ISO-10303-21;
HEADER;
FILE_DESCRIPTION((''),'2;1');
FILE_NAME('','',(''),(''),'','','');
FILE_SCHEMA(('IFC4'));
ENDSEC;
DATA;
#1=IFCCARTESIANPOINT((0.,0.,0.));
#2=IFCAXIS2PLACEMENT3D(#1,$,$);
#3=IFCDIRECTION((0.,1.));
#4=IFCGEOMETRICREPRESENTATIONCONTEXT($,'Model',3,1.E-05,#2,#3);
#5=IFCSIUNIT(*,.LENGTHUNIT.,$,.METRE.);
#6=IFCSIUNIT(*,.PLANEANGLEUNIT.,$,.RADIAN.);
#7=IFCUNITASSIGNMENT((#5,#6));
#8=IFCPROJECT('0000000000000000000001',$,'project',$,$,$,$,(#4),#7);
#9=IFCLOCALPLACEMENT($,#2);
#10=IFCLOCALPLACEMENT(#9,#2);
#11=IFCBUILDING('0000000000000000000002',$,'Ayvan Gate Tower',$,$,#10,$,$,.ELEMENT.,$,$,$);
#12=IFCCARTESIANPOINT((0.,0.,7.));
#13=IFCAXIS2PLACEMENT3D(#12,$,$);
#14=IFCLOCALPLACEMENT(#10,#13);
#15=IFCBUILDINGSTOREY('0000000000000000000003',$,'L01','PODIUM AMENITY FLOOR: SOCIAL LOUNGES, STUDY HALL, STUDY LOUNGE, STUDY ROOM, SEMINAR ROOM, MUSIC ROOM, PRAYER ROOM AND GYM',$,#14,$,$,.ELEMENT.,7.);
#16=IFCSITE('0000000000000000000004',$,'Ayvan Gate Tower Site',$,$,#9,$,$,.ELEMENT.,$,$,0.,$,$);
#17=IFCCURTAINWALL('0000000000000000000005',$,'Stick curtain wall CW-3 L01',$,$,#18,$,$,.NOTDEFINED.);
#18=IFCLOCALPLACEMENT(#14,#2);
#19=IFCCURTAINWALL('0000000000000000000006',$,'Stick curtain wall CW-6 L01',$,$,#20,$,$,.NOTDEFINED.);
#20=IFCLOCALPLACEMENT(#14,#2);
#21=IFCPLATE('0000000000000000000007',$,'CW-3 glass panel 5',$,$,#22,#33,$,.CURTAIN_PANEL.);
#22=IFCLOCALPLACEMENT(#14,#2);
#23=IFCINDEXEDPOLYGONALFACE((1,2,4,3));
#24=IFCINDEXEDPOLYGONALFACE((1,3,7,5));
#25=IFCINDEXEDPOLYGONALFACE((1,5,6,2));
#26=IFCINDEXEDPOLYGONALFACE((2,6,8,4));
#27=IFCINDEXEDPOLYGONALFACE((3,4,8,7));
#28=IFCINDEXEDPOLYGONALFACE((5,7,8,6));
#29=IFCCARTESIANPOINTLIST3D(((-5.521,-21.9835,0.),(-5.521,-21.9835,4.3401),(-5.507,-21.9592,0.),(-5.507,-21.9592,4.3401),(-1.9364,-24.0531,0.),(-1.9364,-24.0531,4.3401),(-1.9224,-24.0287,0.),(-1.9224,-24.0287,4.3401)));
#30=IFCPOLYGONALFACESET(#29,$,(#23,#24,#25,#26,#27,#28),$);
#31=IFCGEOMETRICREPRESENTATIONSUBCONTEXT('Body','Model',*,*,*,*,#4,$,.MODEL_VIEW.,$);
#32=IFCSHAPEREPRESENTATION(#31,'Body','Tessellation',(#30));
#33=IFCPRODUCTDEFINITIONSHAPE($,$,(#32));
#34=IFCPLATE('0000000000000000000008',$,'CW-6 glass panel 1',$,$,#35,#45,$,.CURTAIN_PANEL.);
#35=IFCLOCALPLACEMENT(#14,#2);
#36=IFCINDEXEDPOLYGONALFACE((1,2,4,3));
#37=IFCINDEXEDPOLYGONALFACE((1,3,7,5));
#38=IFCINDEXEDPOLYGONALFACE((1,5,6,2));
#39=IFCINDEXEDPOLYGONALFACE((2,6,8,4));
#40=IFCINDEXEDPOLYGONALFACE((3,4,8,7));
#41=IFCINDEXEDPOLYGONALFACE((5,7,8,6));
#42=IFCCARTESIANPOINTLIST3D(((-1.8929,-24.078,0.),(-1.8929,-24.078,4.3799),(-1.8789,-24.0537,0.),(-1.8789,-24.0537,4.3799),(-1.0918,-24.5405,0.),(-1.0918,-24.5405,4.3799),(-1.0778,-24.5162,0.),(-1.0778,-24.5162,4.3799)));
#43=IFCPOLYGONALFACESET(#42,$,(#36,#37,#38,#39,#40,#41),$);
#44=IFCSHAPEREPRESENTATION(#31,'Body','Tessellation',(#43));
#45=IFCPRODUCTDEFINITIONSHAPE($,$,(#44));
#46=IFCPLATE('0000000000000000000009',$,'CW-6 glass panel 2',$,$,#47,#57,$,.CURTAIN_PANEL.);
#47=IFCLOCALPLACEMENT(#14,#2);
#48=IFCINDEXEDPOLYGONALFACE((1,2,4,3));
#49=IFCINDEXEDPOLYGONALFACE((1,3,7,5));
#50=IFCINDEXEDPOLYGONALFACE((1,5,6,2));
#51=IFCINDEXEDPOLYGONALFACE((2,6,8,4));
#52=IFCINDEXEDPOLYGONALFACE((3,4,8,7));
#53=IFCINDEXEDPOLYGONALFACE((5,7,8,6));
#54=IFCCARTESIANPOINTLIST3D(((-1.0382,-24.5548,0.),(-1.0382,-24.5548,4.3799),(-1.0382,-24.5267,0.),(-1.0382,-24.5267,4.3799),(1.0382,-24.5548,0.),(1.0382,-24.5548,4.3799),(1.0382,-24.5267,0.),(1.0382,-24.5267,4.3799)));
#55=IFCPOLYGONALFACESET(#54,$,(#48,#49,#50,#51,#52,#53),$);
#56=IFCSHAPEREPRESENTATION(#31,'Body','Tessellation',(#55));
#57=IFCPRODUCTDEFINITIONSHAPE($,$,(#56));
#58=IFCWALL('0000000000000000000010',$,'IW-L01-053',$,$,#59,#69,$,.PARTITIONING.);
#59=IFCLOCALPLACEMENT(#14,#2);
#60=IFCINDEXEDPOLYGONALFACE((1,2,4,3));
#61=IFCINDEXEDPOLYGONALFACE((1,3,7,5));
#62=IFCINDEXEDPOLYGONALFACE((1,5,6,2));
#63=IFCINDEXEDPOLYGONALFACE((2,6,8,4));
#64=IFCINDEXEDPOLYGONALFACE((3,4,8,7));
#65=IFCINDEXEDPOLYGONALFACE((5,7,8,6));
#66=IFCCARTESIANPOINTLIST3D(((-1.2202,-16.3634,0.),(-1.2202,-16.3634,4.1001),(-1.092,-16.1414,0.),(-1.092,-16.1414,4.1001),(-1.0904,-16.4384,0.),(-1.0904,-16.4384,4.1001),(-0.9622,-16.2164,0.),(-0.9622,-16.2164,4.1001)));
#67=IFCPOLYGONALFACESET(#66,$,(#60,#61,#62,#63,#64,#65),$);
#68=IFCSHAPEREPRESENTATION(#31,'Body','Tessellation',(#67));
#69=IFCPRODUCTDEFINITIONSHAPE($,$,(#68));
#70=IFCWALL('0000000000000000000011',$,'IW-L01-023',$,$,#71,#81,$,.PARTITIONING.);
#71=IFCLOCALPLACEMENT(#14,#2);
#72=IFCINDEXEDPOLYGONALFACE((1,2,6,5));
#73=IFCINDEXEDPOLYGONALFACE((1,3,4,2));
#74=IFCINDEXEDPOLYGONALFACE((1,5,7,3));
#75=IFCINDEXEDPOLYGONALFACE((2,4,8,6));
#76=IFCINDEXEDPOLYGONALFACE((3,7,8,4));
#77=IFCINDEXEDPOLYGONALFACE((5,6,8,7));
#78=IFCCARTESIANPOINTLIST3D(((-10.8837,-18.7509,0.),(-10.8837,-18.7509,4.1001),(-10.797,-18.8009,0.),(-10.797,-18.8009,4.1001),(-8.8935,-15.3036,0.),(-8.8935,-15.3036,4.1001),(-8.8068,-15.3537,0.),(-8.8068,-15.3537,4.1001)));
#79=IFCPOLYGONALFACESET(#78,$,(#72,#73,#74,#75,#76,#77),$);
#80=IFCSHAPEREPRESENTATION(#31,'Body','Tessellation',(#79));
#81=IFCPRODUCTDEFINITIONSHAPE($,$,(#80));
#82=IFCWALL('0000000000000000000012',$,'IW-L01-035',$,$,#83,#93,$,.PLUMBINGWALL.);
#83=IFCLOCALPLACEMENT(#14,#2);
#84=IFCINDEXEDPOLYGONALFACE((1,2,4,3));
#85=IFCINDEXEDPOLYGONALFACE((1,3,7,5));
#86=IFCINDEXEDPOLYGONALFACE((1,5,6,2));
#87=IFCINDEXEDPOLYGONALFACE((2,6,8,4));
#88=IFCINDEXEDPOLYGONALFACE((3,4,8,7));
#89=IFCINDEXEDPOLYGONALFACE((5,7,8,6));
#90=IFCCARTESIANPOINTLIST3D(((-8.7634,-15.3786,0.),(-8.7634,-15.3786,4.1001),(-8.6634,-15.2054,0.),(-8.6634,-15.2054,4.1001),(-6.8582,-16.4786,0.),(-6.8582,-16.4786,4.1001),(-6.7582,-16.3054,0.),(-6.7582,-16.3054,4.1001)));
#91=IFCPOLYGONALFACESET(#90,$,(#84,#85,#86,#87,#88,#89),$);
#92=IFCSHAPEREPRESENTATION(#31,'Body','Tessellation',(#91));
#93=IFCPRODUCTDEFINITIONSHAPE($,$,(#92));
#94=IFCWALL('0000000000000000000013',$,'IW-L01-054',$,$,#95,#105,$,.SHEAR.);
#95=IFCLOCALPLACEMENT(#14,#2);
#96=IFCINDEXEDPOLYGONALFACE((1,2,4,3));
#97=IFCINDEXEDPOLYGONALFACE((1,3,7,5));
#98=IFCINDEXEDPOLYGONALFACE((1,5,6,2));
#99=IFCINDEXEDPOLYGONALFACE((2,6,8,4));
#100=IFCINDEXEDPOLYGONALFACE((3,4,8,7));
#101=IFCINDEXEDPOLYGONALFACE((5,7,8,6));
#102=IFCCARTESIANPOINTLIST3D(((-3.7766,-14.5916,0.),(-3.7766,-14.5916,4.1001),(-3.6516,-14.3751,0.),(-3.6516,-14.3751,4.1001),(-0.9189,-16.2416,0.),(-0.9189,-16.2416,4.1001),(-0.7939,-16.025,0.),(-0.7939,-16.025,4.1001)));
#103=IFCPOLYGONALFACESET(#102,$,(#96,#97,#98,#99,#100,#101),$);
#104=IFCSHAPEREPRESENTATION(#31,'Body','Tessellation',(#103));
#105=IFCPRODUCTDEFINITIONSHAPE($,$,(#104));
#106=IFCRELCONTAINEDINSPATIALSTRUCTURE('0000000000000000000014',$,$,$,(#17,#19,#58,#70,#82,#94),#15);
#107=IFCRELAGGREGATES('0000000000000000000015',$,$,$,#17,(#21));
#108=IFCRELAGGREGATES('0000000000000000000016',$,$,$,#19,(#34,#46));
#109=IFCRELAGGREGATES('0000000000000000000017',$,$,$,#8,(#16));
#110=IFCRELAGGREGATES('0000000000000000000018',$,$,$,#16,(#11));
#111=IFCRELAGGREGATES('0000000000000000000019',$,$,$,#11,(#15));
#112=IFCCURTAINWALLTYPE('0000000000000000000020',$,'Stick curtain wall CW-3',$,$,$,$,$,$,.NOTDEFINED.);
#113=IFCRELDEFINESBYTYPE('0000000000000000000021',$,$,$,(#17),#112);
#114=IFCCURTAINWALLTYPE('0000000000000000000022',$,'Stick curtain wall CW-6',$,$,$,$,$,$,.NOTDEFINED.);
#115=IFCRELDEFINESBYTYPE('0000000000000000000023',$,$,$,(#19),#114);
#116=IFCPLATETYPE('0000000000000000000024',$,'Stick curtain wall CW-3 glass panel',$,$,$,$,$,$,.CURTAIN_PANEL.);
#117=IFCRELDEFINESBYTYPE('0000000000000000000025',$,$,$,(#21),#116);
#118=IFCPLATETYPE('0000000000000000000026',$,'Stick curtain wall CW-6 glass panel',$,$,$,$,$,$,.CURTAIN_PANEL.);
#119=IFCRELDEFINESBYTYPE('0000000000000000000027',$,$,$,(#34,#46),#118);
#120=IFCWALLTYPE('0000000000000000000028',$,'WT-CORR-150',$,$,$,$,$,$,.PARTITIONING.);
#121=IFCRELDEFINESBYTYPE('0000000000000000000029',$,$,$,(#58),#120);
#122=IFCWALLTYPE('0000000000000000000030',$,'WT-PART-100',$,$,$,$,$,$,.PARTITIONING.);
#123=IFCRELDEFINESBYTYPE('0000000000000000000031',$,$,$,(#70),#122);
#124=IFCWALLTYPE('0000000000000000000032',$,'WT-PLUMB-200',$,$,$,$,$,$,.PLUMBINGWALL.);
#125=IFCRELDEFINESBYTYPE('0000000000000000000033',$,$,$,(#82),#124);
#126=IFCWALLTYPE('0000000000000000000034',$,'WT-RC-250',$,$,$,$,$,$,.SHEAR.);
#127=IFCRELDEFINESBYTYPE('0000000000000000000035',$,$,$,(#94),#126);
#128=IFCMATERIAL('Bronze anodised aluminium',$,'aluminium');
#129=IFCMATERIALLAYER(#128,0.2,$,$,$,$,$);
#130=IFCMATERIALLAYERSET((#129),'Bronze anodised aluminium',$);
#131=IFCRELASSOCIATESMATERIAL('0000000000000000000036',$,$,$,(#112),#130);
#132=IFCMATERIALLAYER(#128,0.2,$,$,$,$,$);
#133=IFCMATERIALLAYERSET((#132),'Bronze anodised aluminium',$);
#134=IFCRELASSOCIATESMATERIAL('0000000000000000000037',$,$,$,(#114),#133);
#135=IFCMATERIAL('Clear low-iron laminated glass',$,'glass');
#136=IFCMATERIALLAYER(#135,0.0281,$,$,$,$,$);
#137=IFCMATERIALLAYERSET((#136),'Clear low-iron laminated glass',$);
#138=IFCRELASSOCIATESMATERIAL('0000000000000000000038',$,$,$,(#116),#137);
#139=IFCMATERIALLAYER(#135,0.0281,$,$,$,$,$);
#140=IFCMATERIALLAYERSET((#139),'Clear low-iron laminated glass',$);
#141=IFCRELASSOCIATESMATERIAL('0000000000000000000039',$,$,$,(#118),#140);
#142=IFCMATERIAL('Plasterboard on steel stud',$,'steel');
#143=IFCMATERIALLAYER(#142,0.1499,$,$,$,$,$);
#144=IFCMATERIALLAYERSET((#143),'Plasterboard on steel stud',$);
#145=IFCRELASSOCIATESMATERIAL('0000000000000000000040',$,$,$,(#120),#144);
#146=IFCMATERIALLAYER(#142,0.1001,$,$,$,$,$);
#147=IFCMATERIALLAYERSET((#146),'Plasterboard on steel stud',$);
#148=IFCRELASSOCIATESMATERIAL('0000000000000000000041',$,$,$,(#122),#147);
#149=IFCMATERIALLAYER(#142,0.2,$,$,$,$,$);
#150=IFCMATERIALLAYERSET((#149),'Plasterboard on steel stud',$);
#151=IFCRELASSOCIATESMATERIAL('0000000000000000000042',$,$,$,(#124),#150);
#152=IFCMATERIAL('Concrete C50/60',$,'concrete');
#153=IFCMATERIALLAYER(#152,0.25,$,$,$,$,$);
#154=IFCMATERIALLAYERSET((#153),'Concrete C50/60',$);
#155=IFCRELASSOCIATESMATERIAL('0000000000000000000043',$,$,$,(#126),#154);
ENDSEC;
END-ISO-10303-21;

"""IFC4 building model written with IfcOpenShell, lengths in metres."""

from ifc_helpers import new_model, si_unit, direction, frame, frame_2d, origin, origin_2d, place, context, subcontext, project, spatial, rectangle, extrude, material, layer, layer_set, type_object, element, aggregate, save


model = new_model("IFC4")

# Units and contexts
model_context = context("Model", 3, precision=1e-05, world=origin(), true_north=direction((0.0, 1.0)))
body_context = subcontext(model_context, "Body", "Model", "MODEL_VIEW")
ifc_project = project(units=[si_unit("LENGTHUNIT", "METRE"), si_unit("PLANEANGLEUNIT", "RADIAN")], contexts=[model_context])

# Site, building, storey
site_placement = place(None, origin())
site = spatial("IfcSite", under=ifc_project, at=site_placement, Name="Ayvan Gate Tower Site", CompositionType="ELEMENT", RefElevation=0.0)
building_placement = place(site_placement, origin())
building = spatial("IfcBuilding", under=site, at=building_placement, Name="Ayvan Gate Tower", CompositionType="ELEMENT")
storey_placement = place(building_placement, frame((0.0, 0.0, 7.0)))
storey = spatial("IfcBuildingStorey", under=building, at=storey_placement, Name="L01", Description="PODIUM AMENITY FLOOR: SOCIAL LOUNGES, STUDY HALL, STUDY LOUNGE, STUDY ROOM, SEMINAR ROOM, MUSIC ROOM, PRAYER ROOM AND GYM", CompositionType="ELEMENT", Elevation=7.0)

# Curtain walls
ifc_material_1 = material(Name="Bronze anodised aluminium", Category="aluminium")
ifc_layer_1 = layer(ifc_material_1, 0.2)
ifc_layer_set_1 = layer_set([ifc_layer_1], Name="Bronze anodised aluminium")
curtain_wall_type_1 = type_object("IfcCurtainWallType", Name="Stick curtain wall CW-3", PredefinedType="NOTDEFINED", material=ifc_layer_set_1)
curtain_wall_1_placement = place(storey_placement, origin())
curtain_wall_1 = element("IfcCurtainWall", 1, at=curtain_wall_1_placement, inside=storey, type_object=curtain_wall_type_1, Name="Stick curtain wall CW-3 L01", PredefinedType="NOTDEFINED")
ifc_layer_2 = layer(ifc_material_1, 0.2)
ifc_layer_set_2 = layer_set([ifc_layer_2], Name="Bronze anodised aluminium")
curtain_wall_type_2 = type_object("IfcCurtainWallType", Name="Stick curtain wall CW-6", PredefinedType="NOTDEFINED", material=ifc_layer_set_2)
curtain_wall_2_placement = place(storey_placement, origin())
curtain_wall_2 = element("IfcCurtainWall", 2, at=curtain_wall_2_placement, inside=storey, type_object=curtain_wall_type_2, Name="Stick curtain wall CW-6 L01", PredefinedType="NOTDEFINED")

# Plates
ifc_material_2 = material(Name="Clear low-iron laminated glass", Category="glass")
ifc_layer_3 = layer(ifc_material_2, 0.0281)
ifc_layer_set_3 = layer_set([ifc_layer_3], Name="Clear low-iron laminated glass")
plate_type_1 = type_object("IfcPlateType", Name="Stick curtain wall CW-3 glass panel", PredefinedType="CURTAIN_PANEL", material=ifc_layer_set_3)
plate_1_placement = place(storey_placement, frame((-3.7217, -23.0061, 0.0), z_axis=(0.0, 0.0, 1.0), x_axis=(0.866025, -0.5, 0.0)))
plate_1 = element("IfcPlate", 3, at=plate_1_placement, type_object=plate_type_1, Name="CW-3 glass panel 5", PredefinedType="CURTAIN_PANEL", context=body_context, shape_type="SweptSolid", body=[
    extrude(rectangle(XDim=4.1392, YDim=0.0281, at=origin_2d()), origin(), (0.0, 0.0, 1.0), 4.3401),
])
aggregate(curtain_wall_1, [plate_1])
ifc_layer_4 = layer(ifc_material_2, 0.0281)
ifc_layer_set_4 = layer_set([ifc_layer_4], Name="Clear low-iron laminated glass")
plate_type_2 = type_object("IfcPlateType", Name="Stick curtain wall CW-6 glass panel", PredefinedType="CURTAIN_PANEL", material=ifc_layer_set_4)
plate_2_placement = place(storey_placement, frame((-1.4854, -24.2971, 0.0), z_axis=(0.0, 0.0, 1.0), x_axis=(0.866025, -0.5, 0.0)))
plate_2 = element("IfcPlate", 4, at=plate_2_placement, type_object=plate_type_2, Name="CW-6 glass panel 1", PredefinedType="CURTAIN_PANEL", context=body_context, shape_type="SweptSolid", body=[
    extrude(rectangle(XDim=0.925, YDim=0.0281, at=origin_2d()), origin(), (0.0, 0.0, 1.0), 4.3799),
])
plate_3_placement = place(storey_placement, frame((0.0, -24.5408, 0.0), z_axis=(0.0, 0.0, 1.0), x_axis=(1.0, 0.0, 0.0)))
plate_3 = element("IfcPlate", 5, at=plate_3_placement, type_object=plate_type_2, Name="CW-6 glass panel 2", PredefinedType="CURTAIN_PANEL", context=body_context, shape_type="SweptSolid", body=[
    extrude(rectangle(XDim=2.0764, YDim=0.0281, at=origin_2d()), origin(), (0.0, 0.0, 1.0), 4.3799),
])
aggregate(curtain_wall_2, [plate_2, plate_3])

# Walls
ifc_material_3 = material(Name="Plasterboard on steel stud", Category="steel")
ifc_layer_5 = layer(ifc_material_3, 0.1499)
ifc_layer_set_5 = layer_set([ifc_layer_5], Name="Plasterboard on steel stud")
wall_type_1 = type_object("IfcWallType", Name="WT-CORR-150", PredefinedType="PARTITIONING", material=ifc_layer_set_5)
wall_1_placement = place(storey_placement, frame((-1.1553, -16.4009, 0.0), z_axis=(0.0, 0.0, 1.0), x_axis=(0.500135, 0.865948, 0.0)))
element("IfcWall", 6, at=wall_1_placement, inside=storey, type_object=wall_type_1, Name="IW-L01-053", PredefinedType="PARTITIONING", context=body_context, shape_type="SweptSolid", body=[
    extrude(rectangle(XDim=0.2563, YDim=0.1499, at=frame_2d((0.1282, 0.0))), origin(), (0.0, 0.0, 1.0), 4.1001),
])
ifc_layer_6 = layer(ifc_material_3, 0.1001)
ifc_layer_set_6 = layer_set([ifc_layer_6], Name="Plasterboard on steel stud")
wall_type_2 = type_object("IfcWallType", Name="WT-PART-100", PredefinedType="PARTITIONING", material=ifc_layer_set_6)
wall_2_placement = place(storey_placement, frame((-10.8403, -18.7759, 0.0), z_axis=(0.0, 0.0, 1.0), x_axis=(0.499991, 0.86603, 0.0)))
element("IfcWall", 7, at=wall_2_placement, inside=storey, type_object=wall_type_2, Name="IW-L01-023", PredefinedType="PARTITIONING", context=body_context, shape_type="SweptSolid", body=[
    extrude(rectangle(XDim=3.9805, YDim=0.1001, at=frame_2d((1.9902, 0.0))), origin(), (0.0, 0.0, 1.0), 4.1001),
])
ifc_layer_7 = layer(ifc_material_3, 0.2)
ifc_layer_set_7 = layer_set([ifc_layer_7], Name="Plasterboard on steel stud")
wall_type_3 = type_object("IfcWallType", Name="WT-PLUMB-200", PredefinedType="PLUMBINGWALL", material=ifc_layer_set_7)
wall_3_placement = place(storey_placement, frame((-6.8081, -16.3921, 0.0), z_axis=(0.0, 0.0, 1.0), x_axis=(-0.866008, 0.50003, 0.0)))
element("IfcWall", 8, at=wall_3_placement, inside=storey, type_object=wall_type_3, Name="IW-L01-035", PredefinedType="PLUMBINGWALL", context=body_context, shape_type="SweptSolid", body=[
    extrude(rectangle(XDim=2.2, YDim=0.2, at=frame_2d((1.1001, 0.0))), origin(), (0.0, 0.0, 1.0), 4.1001),
])
ifc_material_4 = material(Name="Concrete C50/60", Category="concrete")
ifc_layer_8 = layer(ifc_material_4, 0.25)
ifc_layer_set_8 = layer_set([ifc_layer_8], Name="Concrete C50/60")
wall_type_4 = type_object("IfcWallType", Name="WT-RC-250", PredefinedType="SHEAR", material=ifc_layer_set_8)
wall_4_placement = place(storey_placement, frame((-0.8564, -16.1333, 0.0), z_axis=(0.0, 0.0, 1.0), x_axis=(-0.866022, 0.500006, 0.0)))
element("IfcWall", 9, at=wall_4_placement, inside=storey, type_object=wall_type_4, Name="IW-L01-054", PredefinedType="SHEAR", context=body_context, shape_type="SweptSolid", body=[
    extrude(rectangle(XDim=3.2998, YDim=0.25, at=frame_2d((1.6499, 0.0))), origin(), (0.0, 0.0, 1.0), 4.1001),
])

save(model, "model.ifc")
